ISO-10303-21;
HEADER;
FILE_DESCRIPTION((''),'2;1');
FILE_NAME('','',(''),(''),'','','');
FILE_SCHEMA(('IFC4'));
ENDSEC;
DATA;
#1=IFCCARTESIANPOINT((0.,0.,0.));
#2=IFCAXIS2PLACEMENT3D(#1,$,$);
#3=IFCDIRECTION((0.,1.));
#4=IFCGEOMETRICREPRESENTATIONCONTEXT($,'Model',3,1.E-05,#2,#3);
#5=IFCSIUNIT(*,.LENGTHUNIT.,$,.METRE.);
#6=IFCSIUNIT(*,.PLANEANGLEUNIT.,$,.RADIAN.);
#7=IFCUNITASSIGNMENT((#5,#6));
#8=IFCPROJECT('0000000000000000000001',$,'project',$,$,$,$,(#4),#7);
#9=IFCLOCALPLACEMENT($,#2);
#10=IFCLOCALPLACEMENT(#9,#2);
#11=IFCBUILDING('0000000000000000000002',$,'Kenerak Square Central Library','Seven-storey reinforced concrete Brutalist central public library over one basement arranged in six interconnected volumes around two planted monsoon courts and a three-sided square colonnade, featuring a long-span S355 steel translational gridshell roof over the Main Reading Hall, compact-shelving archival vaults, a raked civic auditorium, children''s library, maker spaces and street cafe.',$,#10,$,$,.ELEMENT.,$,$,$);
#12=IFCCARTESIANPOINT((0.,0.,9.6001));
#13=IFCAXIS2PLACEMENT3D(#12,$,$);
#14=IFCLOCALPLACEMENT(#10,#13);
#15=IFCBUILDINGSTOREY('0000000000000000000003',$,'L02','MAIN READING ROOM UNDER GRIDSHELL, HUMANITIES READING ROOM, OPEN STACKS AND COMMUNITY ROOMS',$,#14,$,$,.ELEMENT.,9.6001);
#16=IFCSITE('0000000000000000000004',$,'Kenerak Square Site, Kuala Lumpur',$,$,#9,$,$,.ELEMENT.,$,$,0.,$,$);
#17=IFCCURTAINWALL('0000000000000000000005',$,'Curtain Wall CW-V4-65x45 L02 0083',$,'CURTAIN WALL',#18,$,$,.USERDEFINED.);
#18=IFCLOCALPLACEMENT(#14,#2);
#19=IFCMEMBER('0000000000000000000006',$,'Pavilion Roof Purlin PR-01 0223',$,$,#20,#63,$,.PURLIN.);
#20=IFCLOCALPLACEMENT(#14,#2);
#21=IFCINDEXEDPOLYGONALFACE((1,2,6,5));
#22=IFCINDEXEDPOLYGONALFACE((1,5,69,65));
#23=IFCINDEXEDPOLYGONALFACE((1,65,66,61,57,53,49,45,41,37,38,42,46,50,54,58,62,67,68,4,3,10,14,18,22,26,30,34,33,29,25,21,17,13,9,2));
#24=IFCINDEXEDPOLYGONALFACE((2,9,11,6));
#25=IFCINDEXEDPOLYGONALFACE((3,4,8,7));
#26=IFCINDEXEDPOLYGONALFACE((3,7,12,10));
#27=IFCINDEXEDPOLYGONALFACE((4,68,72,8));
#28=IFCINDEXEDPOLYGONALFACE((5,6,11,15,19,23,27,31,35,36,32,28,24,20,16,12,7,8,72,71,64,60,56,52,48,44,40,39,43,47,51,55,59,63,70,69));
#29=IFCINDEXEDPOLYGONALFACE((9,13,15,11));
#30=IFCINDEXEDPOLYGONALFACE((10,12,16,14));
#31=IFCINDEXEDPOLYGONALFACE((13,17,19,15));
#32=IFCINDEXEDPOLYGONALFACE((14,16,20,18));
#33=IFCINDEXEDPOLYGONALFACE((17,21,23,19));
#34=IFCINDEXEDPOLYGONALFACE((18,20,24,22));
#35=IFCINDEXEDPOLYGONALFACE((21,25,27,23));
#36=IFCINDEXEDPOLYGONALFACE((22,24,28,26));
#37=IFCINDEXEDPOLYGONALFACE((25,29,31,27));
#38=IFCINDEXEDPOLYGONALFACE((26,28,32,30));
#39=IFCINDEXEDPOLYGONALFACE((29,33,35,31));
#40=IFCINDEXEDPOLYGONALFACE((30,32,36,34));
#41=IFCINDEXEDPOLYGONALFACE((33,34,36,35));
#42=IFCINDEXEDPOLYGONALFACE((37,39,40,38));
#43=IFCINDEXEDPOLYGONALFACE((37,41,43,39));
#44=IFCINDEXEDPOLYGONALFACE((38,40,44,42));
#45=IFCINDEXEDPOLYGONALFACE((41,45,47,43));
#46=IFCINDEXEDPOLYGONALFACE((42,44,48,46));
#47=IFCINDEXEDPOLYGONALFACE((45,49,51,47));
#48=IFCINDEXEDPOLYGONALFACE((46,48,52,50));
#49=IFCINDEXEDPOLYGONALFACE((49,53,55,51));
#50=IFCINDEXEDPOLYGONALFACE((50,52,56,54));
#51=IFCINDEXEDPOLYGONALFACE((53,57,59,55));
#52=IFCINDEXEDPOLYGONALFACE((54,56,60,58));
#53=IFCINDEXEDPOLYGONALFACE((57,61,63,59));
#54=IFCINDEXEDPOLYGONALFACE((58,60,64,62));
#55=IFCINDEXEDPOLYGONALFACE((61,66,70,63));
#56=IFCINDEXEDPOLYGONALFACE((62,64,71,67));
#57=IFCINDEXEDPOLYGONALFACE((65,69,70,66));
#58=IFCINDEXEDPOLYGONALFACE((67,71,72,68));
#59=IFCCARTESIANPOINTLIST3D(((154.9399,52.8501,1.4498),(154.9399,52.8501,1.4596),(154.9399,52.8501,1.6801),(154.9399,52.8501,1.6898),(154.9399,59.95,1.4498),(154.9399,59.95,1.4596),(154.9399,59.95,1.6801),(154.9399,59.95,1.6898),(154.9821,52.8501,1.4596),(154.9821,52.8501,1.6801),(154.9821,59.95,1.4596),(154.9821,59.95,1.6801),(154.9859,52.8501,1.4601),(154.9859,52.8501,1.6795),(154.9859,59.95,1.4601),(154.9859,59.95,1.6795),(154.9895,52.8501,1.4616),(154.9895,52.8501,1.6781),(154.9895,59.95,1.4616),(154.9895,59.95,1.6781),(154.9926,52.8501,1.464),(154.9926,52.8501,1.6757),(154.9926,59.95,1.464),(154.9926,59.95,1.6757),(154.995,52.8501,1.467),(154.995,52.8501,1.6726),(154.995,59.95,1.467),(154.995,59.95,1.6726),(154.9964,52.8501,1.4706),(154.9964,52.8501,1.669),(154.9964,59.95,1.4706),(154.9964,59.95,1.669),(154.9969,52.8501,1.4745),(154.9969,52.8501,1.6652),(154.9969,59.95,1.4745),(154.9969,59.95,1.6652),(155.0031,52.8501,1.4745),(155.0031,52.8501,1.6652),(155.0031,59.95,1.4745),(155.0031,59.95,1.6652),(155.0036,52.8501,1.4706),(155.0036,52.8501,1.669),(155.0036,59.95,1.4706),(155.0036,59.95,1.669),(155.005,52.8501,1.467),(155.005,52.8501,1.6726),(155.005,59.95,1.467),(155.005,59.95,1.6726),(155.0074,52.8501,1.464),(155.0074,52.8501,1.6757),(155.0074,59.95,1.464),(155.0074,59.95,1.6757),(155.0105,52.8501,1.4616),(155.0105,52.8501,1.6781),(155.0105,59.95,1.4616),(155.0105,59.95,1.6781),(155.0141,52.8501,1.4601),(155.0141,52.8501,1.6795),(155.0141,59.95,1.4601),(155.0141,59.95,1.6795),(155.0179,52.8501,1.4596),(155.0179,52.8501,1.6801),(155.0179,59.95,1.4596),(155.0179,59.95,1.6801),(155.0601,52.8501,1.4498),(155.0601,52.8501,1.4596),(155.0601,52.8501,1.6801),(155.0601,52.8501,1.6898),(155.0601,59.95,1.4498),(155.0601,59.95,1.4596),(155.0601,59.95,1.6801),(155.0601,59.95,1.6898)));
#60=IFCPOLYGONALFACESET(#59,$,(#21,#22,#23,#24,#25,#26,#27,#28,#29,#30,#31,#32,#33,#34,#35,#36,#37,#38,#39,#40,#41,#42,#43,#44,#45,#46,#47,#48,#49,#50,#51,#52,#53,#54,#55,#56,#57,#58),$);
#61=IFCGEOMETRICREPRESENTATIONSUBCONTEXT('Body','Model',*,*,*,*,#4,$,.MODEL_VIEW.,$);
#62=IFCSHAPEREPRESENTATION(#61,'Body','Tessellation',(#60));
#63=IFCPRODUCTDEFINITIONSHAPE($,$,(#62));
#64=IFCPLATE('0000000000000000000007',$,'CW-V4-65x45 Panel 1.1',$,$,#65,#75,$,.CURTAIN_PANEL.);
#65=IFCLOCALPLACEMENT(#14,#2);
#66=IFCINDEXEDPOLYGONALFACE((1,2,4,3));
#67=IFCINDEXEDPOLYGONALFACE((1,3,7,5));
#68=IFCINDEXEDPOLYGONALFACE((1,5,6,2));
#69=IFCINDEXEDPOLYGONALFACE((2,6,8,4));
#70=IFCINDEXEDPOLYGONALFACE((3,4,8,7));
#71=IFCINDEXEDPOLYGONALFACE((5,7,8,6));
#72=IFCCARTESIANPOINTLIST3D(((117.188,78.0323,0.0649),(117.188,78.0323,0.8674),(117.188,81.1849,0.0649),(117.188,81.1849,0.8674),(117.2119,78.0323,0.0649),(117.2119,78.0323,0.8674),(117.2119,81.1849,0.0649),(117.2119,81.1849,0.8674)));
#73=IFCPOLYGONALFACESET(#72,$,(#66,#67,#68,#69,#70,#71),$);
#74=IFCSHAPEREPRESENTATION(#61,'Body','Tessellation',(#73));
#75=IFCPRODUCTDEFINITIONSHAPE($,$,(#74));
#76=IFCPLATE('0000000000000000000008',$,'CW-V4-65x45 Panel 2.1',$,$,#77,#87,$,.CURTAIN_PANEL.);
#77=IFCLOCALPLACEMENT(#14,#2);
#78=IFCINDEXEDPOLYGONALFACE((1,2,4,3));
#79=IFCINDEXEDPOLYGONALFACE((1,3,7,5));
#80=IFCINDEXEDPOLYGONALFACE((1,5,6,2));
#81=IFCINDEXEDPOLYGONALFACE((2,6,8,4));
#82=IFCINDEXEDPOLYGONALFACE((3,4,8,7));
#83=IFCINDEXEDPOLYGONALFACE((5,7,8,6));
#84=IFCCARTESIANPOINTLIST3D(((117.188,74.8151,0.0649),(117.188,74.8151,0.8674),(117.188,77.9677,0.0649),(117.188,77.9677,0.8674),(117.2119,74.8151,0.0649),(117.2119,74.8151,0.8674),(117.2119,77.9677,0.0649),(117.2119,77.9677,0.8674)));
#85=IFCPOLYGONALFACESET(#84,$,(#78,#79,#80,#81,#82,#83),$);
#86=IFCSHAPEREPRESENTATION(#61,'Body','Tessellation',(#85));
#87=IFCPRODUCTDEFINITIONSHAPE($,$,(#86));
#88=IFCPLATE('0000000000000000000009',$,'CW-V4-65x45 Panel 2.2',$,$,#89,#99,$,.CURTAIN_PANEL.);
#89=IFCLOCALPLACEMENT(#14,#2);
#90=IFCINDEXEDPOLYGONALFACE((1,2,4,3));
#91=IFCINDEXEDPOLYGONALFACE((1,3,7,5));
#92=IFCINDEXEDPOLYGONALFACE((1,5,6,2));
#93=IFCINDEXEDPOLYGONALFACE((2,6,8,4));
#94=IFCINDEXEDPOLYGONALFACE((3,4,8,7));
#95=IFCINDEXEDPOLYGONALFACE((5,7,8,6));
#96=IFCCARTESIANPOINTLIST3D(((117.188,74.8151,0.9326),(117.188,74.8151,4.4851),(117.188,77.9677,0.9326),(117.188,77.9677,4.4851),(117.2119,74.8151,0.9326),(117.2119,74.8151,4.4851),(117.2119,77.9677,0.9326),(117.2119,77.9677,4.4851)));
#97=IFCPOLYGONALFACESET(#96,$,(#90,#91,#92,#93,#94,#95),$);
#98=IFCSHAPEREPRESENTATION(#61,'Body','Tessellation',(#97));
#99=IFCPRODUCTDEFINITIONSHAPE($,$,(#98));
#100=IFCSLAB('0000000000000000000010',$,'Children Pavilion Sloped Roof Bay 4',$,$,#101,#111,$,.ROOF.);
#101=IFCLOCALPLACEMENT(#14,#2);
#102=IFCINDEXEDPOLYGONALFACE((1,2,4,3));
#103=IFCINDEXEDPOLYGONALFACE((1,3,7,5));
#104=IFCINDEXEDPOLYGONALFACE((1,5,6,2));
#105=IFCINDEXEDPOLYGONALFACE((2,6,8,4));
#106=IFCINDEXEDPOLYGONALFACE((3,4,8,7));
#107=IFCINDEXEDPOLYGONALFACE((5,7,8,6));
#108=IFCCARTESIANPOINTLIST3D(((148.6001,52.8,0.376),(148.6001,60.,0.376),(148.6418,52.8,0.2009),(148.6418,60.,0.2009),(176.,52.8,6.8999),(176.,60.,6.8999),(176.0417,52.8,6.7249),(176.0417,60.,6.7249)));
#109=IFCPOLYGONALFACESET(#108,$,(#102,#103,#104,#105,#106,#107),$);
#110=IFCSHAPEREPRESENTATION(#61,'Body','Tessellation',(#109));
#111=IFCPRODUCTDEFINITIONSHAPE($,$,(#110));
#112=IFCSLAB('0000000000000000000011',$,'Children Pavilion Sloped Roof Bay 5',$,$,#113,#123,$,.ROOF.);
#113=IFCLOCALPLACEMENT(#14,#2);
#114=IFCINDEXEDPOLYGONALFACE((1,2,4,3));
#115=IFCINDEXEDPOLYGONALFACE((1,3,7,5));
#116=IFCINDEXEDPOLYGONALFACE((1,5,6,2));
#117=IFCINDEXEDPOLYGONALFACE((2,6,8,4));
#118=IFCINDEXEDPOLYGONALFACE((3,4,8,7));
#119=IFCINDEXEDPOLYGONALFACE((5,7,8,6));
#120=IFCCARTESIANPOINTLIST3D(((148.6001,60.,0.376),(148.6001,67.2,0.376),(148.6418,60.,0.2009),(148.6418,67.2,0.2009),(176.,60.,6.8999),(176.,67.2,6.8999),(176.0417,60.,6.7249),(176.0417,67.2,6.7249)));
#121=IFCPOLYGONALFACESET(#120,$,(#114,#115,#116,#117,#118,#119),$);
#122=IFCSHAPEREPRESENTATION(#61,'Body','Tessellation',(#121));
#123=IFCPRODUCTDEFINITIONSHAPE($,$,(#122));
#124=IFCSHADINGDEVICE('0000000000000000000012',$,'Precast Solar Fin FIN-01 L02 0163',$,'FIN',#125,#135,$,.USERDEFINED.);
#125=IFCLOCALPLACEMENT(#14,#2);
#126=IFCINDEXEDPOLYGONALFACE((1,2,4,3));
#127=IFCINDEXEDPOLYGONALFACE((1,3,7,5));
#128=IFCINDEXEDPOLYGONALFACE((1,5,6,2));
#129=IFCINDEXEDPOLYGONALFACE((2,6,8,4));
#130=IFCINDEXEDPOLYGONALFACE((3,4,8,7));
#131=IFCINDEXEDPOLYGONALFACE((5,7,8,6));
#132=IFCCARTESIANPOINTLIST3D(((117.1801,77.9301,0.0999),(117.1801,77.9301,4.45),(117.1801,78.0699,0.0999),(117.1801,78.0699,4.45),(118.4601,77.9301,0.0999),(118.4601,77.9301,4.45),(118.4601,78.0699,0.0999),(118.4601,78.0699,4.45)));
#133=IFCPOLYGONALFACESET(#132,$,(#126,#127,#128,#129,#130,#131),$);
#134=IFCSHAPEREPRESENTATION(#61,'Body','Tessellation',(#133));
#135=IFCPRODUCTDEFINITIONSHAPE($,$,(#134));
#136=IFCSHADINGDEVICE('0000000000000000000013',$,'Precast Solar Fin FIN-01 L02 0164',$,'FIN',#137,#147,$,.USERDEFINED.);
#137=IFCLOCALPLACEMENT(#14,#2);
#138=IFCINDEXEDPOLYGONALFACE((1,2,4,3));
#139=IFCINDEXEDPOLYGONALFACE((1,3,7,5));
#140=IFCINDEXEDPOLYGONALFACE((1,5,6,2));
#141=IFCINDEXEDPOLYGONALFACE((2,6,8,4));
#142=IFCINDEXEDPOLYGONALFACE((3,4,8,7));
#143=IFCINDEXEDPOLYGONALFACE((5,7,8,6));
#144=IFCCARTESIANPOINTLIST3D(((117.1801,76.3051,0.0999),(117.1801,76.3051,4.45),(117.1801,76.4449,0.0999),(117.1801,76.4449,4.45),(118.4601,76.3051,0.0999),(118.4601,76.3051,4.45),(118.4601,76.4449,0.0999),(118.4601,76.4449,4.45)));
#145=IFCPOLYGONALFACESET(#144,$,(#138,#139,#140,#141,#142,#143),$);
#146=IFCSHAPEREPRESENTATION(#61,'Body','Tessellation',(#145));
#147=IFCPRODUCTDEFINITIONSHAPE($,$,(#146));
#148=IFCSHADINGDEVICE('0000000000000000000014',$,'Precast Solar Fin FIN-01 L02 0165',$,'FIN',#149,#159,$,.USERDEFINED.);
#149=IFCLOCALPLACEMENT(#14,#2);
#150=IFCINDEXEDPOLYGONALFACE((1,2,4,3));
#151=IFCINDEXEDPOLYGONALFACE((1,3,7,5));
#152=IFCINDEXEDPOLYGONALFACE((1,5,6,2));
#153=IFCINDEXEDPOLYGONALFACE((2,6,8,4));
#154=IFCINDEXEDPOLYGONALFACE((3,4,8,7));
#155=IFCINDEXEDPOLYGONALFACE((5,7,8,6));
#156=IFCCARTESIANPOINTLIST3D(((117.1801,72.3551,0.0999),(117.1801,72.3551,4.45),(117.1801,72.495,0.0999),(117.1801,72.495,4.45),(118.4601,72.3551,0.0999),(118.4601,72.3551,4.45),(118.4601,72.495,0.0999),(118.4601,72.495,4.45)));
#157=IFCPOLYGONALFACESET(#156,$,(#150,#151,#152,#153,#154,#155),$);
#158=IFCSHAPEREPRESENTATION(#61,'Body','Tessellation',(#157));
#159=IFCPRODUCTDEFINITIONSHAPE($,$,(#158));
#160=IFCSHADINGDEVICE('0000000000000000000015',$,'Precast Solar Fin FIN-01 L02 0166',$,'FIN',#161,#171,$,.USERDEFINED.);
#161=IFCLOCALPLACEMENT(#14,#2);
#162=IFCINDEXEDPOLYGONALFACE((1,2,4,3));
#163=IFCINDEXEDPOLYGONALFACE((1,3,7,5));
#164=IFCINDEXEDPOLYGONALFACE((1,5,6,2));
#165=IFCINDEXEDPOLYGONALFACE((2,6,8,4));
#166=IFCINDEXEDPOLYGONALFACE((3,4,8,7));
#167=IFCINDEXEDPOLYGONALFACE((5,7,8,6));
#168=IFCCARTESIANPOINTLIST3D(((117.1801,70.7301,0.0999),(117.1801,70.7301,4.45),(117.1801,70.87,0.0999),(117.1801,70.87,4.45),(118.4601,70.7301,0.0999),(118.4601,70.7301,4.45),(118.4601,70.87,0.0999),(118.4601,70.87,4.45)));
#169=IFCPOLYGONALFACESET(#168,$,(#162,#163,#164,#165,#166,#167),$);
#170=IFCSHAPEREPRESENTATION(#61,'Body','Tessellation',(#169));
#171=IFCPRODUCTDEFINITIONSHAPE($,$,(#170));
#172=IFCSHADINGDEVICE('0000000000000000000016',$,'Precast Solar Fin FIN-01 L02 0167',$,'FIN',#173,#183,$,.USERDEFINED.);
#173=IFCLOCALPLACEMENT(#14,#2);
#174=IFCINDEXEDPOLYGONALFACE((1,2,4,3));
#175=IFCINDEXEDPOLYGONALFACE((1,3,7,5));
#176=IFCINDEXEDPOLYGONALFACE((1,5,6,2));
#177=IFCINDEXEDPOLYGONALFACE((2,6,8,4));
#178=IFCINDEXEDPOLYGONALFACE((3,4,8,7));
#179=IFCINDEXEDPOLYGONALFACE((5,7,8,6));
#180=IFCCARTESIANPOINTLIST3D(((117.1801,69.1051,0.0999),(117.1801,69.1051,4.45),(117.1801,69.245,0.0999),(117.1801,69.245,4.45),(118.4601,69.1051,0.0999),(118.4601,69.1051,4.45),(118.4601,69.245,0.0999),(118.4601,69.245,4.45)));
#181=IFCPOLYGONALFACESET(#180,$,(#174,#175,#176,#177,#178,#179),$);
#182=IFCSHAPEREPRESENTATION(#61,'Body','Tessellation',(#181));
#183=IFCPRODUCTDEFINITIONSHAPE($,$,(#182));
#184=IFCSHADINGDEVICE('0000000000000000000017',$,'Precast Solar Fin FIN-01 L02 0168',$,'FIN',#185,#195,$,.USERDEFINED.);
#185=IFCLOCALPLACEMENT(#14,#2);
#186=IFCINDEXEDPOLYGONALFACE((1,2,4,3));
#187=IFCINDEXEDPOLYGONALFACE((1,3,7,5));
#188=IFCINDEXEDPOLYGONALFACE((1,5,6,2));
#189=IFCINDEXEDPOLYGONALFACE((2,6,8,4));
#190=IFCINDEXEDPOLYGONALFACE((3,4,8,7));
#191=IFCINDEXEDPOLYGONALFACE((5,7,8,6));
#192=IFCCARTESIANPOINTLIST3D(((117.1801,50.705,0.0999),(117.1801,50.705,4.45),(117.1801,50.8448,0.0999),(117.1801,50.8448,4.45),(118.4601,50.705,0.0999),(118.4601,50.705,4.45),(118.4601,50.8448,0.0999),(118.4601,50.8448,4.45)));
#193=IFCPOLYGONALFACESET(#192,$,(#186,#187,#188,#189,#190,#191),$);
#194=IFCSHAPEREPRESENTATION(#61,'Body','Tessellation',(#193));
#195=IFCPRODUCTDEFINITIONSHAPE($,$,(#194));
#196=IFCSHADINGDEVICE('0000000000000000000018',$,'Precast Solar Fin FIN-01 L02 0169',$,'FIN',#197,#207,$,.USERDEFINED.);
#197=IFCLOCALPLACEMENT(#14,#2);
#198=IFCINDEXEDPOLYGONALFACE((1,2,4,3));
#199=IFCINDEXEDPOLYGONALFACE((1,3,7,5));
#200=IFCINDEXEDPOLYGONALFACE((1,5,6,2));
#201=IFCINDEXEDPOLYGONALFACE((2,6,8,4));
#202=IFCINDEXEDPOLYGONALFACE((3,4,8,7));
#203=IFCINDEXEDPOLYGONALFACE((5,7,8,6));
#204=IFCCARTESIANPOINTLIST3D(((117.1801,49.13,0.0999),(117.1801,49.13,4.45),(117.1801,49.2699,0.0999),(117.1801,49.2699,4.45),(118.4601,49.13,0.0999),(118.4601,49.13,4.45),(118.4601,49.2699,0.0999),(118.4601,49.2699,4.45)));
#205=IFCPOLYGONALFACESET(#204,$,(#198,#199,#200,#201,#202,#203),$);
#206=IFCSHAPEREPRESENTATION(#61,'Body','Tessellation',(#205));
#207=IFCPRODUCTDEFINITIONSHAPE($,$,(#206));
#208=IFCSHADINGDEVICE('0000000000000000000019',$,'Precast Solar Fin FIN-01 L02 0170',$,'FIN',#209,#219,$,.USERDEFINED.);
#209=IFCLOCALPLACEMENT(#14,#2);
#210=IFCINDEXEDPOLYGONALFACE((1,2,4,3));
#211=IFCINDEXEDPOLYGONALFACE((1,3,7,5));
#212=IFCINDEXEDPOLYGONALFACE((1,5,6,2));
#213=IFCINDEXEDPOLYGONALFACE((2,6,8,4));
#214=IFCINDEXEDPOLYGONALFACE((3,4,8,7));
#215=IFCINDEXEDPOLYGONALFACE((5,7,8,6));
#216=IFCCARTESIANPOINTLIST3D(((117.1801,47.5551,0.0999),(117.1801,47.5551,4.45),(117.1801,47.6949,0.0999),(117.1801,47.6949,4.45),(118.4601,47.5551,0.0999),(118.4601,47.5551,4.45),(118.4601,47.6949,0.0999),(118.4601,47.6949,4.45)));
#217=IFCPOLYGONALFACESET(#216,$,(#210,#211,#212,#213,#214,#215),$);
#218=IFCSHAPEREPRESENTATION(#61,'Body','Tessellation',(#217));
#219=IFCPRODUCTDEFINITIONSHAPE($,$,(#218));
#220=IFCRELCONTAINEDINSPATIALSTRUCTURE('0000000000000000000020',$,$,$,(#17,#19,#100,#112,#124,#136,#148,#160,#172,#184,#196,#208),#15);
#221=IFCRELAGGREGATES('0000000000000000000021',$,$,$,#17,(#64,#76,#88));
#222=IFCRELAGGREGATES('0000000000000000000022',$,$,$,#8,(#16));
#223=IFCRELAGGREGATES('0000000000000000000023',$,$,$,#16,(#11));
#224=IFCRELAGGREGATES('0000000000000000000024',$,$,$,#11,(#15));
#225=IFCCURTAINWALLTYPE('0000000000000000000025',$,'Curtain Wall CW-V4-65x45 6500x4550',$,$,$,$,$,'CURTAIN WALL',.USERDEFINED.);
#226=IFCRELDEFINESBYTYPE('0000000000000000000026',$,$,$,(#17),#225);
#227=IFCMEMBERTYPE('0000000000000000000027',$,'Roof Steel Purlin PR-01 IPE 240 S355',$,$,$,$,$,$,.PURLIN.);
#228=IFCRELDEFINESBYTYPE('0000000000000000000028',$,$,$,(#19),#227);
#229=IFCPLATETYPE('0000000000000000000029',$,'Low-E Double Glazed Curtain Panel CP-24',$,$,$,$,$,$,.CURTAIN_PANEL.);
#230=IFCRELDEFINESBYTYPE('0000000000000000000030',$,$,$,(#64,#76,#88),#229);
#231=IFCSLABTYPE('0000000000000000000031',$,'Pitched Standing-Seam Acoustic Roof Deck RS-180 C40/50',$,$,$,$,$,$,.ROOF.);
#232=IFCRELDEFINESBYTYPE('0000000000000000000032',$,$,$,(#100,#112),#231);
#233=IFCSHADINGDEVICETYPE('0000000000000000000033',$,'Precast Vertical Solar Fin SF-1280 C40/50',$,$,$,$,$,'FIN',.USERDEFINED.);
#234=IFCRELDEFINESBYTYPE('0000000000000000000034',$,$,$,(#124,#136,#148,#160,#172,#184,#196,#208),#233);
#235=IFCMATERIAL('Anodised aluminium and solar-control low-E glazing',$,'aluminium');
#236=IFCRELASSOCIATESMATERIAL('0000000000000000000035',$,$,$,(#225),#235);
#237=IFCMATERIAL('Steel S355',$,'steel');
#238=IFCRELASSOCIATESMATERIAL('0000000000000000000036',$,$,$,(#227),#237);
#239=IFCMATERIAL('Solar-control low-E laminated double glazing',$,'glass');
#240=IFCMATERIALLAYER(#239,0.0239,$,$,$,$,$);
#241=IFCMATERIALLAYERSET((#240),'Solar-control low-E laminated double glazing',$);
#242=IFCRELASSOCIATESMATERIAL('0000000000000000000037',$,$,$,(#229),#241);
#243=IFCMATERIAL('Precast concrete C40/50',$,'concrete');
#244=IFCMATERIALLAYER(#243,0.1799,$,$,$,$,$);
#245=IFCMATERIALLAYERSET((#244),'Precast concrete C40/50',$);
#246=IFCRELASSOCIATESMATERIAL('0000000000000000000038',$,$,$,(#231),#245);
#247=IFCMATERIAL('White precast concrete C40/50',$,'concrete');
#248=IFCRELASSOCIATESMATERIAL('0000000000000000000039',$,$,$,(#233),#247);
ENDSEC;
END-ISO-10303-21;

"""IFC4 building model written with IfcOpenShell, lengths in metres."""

from ifc_helpers import new_model, si_unit, direction, frame, origin, origin_2d, place, context, subcontext, project, spatial, polyline, rectangle, i_section, outline, extrude, material, layer, layer_set, material_profile, profile_set, type_object, element, aggregate, save


model = new_model("IFC4")

# Units and contexts
model_context = context("Model", 3, precision=1e-05, world=origin(), true_north=direction((0.0, 1.0)))
body_context = subcontext(model_context, "Body", "Model", "MODEL_VIEW")
ifc_project = project(units=[si_unit("LENGTHUNIT", "METRE"), si_unit("PLANEANGLEUNIT", "RADIAN")], contexts=[model_context])

# Site, building, storey
site_placement = place(None, origin())
site = spatial("IfcSite", under=ifc_project, at=site_placement, Name="Kenerak Square Site, Kuala Lumpur", CompositionType="ELEMENT", RefElevation=0.0)
building_placement = place(site_placement, origin())
building = spatial("IfcBuilding", under=site, at=building_placement, Name="Kenerak Square Central Library", Description="Seven-storey reinforced concrete Brutalist central public library over one basement arranged in six interconnected volumes around two planted monsoon courts and a three-sided square colonnade, featuring a long-span S355 steel translational gridshell roof over the Main Reading Hall, compact-shelving archival vaults, a raked civic auditorium, children's library, maker spaces and street cafe.", CompositionType="ELEMENT")
storey_placement = place(building_placement, frame((0.0, 0.0, 9.6001)))
storey = spatial("IfcBuildingStorey", under=building, at=storey_placement, Name="L02", Description="MAIN READING ROOM UNDER GRIDSHELL, HUMANITIES READING ROOM, OPEN STACKS AND COMMUNITY ROOMS", CompositionType="ELEMENT", Elevation=9.6001)

# Curtain wall
ifc_material_1 = material(Name="Anodised aluminium and solar-control low-E glazing", Category="aluminium")
curtain_wall_type = type_object("IfcCurtainWallType", Name="Curtain Wall CW-V4-65x45 6500x4550", ElementType="CURTAIN WALL", PredefinedType="USERDEFINED", material=ifc_material_1)
curtain_wall_placement = place(storey_placement, origin())
curtain_wall = element("IfcCurtainWall", 1, at=curtain_wall_placement, inside=storey, type_object=curtain_wall_type, Name="Curtain Wall CW-V4-65x45 L02 0083", ObjectType="CURTAIN WALL", PredefinedType="USERDEFINED")

# Shared definitions
ifc_material_2 = material(Name="Steel S355", Category="steel")

# Member
ifc_material_profile_1 = material_profile(ifc_material_2, i_section(OverallWidth=0.1201, OverallDepth=0.24, WebThickness=0.0061, FlangeThickness=0.0098, FilletRadius=0.0149, at=origin_2d()), Name="IPE 240")
ifc_profile_set_1 = profile_set([ifc_material_profile_1], Name="Steel S355")
member_type_1 = type_object("IfcMemberType", Name="Roof Steel Purlin PR-01 IPE 240 S355", PredefinedType="PURLIN", material=ifc_profile_set_1)
member_1_placement = place(storey_placement, frame((155.0, 52.8501, 1.5698), z_axis=(0.0, 1.0, 0.0), x_axis=(-1.0, 0.0, 0.0)))
element("IfcMember", 2, at=member_1_placement, inside=storey, type_object=member_type_1, Name="Pavilion Roof Purlin PR-01 0223", PredefinedType="PURLIN", context=body_context, shape_type="SweptSolid", body=[
    extrude(i_section(OverallWidth=0.1201, OverallDepth=0.24, WebThickness=0.0061, FlangeThickness=0.0098, FilletRadius=0.0149, at=origin_2d()), origin(), (0.0, 0.0, 1.0), 7.0999),
])

# Plates
ifc_material_3 = material(Name="Solar-control low-E laminated double glazing", Category="glass")
ifc_layer_1 = layer(ifc_material_3, 0.0239)
ifc_layer_set_1 = layer_set([ifc_layer_1], Name="Solar-control low-E laminated double glazing")
plate_type = type_object("IfcPlateType", Name="Low-E Double Glazed Curtain Panel CP-24", PredefinedType="CURTAIN_PANEL", material=ifc_layer_set_1)
plate_1_placement = place(storey_placement, frame((117.2, 79.6086, 0.0649), z_axis=(0.0, 0.0, 1.0), x_axis=(0.0, -1.0, 0.0)))
plate_1 = element("IfcPlate", 3, at=plate_1_placement, type_object=plate_type, Name="CW-V4-65x45 Panel 1.1", PredefinedType="CURTAIN_PANEL", context=body_context, shape_type="SweptSolid", body=[
    extrude(rectangle(XDim=3.1526, YDim=0.0239, at=origin_2d()), origin(), (0.0, 0.0, 1.0), 0.8025),
])
plate_2_placement = place(storey_placement, frame((117.2, 76.3914, 0.0649), z_axis=(0.0, 0.0, 1.0), x_axis=(0.0, -1.0, 0.0)))
plate_2 = element("IfcPlate", 4, at=plate_2_placement, type_object=plate_type, Name="CW-V4-65x45 Panel 2.1", PredefinedType="CURTAIN_PANEL", context=body_context, shape_type="SweptSolid", body=[
    extrude(rectangle(XDim=3.1526, YDim=0.0239, at=origin_2d()), origin(), (0.0, 0.0, 1.0), 0.8025),
])
plate_3_placement = place(storey_placement, frame((117.2, 76.3914, 0.9326), z_axis=(0.0, 0.0, 1.0), x_axis=(0.0, -1.0, 0.0)))
plate_3 = element("IfcPlate", 5, at=plate_3_placement, type_object=plate_type, Name="CW-V4-65x45 Panel 2.2", PredefinedType="CURTAIN_PANEL", context=body_context, shape_type="SweptSolid", body=[
    extrude(rectangle(XDim=3.1526, YDim=0.0239, at=origin_2d()), origin(), (0.0, 0.0, 1.0), 3.5525),
])
aggregate(curtain_wall, [plate_1, plate_2, plate_3])

# Slabs
ifc_material_4 = material(Name="Precast concrete C40/50", Category="concrete")
ifc_layer_2 = layer(ifc_material_4, 0.1799)
ifc_layer_set_2 = layer_set([ifc_layer_2], Name="Precast concrete C40/50")
slab_type = type_object("IfcSlabType", Name="Pitched Standing-Seam Acoustic Roof Deck RS-180 C40/50", PredefinedType="ROOF", material=ifc_layer_set_2)
for number, where, z_axis, x_axis, name in (
    (6, (148.6001, 52.8, 0.376), (-0.231625, 0.0, 0.972805), (0.972805, 0.0, 0.231625), "Children Pavilion Sloped Roof Bay 4"),
    (7, (148.6001, 60.0, 0.376), (-0.231625, 0.0, 0.972805), (0.972805, 0.0, 0.231625), "Children Pavilion Sloped Roof Bay 5"),
):
    element("IfcSlab", number, at=place(storey_placement, frame(where, z_axis=z_axis, x_axis=x_axis)), inside=storey, type_object=slab_type, Name=name, PredefinedType="ROOF", context=body_context, shape_type="SweptSolid", body=[
        extrude(outline(polyline([(0.0, 0.0), (28.1659, 0.0), (28.1659, 7.2), (0.0, 7.2), (0.0, 0.0)])), origin(), (0.0, 0.0, -1.0), 0.1799),
    ])

# Shading devices
ifc_material_5 = material(Name="White precast concrete C40/50", Category="concrete")
shading_device_type = type_object("IfcShadingDeviceType", Name="Precast Vertical Solar Fin SF-1280 C40/50", ElementType="FIN", PredefinedType="USERDEFINED", material=ifc_material_5)
for number, where, z_axis, x_axis, name in (
    (8, (117.8201, 78.0, 0.0999), (0.0, 0.0, 1.0), (0.0, -1.0, 0.0), "Precast Solar Fin FIN-01 L02 0163"),
    (9, (117.8201, 76.375, 0.0999), (0.0, 0.0, 1.0), (0.0, -1.0, 0.0), "Precast Solar Fin FIN-01 L02 0164"),
    (10, (117.8201, 72.425, 0.0999), (0.0, 0.0, 1.0), (0.0, -1.0, 0.0), "Precast Solar Fin FIN-01 L02 0165"),
    (11, (117.8201, 70.8, 0.0999), (0.0, 0.0, 1.0), (0.0, -1.0, 0.0), "Precast Solar Fin FIN-01 L02 0166"),
    (12, (117.8201, 69.175, 0.0999), (0.0, 0.0, 1.0), (0.0, -1.0, 0.0), "Precast Solar Fin FIN-01 L02 0167"),
    (13, (117.8201, 50.7749, 0.0999), (0.0, 0.0, 1.0), (0.0, -1.0, 0.0), "Precast Solar Fin FIN-01 L02 0168"),
    (14, (117.8201, 49.2, 0.0999), (0.0, 0.0, 1.0), (0.0, -1.0, 0.0), "Precast Solar Fin FIN-01 L02 0169"),
    (15, (117.8201, 47.625, 0.0999), (0.0, 0.0, 1.0), (0.0, -1.0, 0.0), "Precast Solar Fin FIN-01 L02 0170"),
):
    element("IfcShadingDevice", number, at=place(storey_placement, frame(where, z_axis=z_axis, x_axis=x_axis)), inside=storey, type_object=shading_device_type, Name=name, ObjectType="FIN", PredefinedType="USERDEFINED", context=body_context, shape_type="SweptSolid", body=[
        extrude(rectangle(XDim=0.1399, YDim=1.28, at=origin_2d()), origin(), (0.0, 0.0, 1.0), 4.3501),
    ])

save(model, "model.ifc")
